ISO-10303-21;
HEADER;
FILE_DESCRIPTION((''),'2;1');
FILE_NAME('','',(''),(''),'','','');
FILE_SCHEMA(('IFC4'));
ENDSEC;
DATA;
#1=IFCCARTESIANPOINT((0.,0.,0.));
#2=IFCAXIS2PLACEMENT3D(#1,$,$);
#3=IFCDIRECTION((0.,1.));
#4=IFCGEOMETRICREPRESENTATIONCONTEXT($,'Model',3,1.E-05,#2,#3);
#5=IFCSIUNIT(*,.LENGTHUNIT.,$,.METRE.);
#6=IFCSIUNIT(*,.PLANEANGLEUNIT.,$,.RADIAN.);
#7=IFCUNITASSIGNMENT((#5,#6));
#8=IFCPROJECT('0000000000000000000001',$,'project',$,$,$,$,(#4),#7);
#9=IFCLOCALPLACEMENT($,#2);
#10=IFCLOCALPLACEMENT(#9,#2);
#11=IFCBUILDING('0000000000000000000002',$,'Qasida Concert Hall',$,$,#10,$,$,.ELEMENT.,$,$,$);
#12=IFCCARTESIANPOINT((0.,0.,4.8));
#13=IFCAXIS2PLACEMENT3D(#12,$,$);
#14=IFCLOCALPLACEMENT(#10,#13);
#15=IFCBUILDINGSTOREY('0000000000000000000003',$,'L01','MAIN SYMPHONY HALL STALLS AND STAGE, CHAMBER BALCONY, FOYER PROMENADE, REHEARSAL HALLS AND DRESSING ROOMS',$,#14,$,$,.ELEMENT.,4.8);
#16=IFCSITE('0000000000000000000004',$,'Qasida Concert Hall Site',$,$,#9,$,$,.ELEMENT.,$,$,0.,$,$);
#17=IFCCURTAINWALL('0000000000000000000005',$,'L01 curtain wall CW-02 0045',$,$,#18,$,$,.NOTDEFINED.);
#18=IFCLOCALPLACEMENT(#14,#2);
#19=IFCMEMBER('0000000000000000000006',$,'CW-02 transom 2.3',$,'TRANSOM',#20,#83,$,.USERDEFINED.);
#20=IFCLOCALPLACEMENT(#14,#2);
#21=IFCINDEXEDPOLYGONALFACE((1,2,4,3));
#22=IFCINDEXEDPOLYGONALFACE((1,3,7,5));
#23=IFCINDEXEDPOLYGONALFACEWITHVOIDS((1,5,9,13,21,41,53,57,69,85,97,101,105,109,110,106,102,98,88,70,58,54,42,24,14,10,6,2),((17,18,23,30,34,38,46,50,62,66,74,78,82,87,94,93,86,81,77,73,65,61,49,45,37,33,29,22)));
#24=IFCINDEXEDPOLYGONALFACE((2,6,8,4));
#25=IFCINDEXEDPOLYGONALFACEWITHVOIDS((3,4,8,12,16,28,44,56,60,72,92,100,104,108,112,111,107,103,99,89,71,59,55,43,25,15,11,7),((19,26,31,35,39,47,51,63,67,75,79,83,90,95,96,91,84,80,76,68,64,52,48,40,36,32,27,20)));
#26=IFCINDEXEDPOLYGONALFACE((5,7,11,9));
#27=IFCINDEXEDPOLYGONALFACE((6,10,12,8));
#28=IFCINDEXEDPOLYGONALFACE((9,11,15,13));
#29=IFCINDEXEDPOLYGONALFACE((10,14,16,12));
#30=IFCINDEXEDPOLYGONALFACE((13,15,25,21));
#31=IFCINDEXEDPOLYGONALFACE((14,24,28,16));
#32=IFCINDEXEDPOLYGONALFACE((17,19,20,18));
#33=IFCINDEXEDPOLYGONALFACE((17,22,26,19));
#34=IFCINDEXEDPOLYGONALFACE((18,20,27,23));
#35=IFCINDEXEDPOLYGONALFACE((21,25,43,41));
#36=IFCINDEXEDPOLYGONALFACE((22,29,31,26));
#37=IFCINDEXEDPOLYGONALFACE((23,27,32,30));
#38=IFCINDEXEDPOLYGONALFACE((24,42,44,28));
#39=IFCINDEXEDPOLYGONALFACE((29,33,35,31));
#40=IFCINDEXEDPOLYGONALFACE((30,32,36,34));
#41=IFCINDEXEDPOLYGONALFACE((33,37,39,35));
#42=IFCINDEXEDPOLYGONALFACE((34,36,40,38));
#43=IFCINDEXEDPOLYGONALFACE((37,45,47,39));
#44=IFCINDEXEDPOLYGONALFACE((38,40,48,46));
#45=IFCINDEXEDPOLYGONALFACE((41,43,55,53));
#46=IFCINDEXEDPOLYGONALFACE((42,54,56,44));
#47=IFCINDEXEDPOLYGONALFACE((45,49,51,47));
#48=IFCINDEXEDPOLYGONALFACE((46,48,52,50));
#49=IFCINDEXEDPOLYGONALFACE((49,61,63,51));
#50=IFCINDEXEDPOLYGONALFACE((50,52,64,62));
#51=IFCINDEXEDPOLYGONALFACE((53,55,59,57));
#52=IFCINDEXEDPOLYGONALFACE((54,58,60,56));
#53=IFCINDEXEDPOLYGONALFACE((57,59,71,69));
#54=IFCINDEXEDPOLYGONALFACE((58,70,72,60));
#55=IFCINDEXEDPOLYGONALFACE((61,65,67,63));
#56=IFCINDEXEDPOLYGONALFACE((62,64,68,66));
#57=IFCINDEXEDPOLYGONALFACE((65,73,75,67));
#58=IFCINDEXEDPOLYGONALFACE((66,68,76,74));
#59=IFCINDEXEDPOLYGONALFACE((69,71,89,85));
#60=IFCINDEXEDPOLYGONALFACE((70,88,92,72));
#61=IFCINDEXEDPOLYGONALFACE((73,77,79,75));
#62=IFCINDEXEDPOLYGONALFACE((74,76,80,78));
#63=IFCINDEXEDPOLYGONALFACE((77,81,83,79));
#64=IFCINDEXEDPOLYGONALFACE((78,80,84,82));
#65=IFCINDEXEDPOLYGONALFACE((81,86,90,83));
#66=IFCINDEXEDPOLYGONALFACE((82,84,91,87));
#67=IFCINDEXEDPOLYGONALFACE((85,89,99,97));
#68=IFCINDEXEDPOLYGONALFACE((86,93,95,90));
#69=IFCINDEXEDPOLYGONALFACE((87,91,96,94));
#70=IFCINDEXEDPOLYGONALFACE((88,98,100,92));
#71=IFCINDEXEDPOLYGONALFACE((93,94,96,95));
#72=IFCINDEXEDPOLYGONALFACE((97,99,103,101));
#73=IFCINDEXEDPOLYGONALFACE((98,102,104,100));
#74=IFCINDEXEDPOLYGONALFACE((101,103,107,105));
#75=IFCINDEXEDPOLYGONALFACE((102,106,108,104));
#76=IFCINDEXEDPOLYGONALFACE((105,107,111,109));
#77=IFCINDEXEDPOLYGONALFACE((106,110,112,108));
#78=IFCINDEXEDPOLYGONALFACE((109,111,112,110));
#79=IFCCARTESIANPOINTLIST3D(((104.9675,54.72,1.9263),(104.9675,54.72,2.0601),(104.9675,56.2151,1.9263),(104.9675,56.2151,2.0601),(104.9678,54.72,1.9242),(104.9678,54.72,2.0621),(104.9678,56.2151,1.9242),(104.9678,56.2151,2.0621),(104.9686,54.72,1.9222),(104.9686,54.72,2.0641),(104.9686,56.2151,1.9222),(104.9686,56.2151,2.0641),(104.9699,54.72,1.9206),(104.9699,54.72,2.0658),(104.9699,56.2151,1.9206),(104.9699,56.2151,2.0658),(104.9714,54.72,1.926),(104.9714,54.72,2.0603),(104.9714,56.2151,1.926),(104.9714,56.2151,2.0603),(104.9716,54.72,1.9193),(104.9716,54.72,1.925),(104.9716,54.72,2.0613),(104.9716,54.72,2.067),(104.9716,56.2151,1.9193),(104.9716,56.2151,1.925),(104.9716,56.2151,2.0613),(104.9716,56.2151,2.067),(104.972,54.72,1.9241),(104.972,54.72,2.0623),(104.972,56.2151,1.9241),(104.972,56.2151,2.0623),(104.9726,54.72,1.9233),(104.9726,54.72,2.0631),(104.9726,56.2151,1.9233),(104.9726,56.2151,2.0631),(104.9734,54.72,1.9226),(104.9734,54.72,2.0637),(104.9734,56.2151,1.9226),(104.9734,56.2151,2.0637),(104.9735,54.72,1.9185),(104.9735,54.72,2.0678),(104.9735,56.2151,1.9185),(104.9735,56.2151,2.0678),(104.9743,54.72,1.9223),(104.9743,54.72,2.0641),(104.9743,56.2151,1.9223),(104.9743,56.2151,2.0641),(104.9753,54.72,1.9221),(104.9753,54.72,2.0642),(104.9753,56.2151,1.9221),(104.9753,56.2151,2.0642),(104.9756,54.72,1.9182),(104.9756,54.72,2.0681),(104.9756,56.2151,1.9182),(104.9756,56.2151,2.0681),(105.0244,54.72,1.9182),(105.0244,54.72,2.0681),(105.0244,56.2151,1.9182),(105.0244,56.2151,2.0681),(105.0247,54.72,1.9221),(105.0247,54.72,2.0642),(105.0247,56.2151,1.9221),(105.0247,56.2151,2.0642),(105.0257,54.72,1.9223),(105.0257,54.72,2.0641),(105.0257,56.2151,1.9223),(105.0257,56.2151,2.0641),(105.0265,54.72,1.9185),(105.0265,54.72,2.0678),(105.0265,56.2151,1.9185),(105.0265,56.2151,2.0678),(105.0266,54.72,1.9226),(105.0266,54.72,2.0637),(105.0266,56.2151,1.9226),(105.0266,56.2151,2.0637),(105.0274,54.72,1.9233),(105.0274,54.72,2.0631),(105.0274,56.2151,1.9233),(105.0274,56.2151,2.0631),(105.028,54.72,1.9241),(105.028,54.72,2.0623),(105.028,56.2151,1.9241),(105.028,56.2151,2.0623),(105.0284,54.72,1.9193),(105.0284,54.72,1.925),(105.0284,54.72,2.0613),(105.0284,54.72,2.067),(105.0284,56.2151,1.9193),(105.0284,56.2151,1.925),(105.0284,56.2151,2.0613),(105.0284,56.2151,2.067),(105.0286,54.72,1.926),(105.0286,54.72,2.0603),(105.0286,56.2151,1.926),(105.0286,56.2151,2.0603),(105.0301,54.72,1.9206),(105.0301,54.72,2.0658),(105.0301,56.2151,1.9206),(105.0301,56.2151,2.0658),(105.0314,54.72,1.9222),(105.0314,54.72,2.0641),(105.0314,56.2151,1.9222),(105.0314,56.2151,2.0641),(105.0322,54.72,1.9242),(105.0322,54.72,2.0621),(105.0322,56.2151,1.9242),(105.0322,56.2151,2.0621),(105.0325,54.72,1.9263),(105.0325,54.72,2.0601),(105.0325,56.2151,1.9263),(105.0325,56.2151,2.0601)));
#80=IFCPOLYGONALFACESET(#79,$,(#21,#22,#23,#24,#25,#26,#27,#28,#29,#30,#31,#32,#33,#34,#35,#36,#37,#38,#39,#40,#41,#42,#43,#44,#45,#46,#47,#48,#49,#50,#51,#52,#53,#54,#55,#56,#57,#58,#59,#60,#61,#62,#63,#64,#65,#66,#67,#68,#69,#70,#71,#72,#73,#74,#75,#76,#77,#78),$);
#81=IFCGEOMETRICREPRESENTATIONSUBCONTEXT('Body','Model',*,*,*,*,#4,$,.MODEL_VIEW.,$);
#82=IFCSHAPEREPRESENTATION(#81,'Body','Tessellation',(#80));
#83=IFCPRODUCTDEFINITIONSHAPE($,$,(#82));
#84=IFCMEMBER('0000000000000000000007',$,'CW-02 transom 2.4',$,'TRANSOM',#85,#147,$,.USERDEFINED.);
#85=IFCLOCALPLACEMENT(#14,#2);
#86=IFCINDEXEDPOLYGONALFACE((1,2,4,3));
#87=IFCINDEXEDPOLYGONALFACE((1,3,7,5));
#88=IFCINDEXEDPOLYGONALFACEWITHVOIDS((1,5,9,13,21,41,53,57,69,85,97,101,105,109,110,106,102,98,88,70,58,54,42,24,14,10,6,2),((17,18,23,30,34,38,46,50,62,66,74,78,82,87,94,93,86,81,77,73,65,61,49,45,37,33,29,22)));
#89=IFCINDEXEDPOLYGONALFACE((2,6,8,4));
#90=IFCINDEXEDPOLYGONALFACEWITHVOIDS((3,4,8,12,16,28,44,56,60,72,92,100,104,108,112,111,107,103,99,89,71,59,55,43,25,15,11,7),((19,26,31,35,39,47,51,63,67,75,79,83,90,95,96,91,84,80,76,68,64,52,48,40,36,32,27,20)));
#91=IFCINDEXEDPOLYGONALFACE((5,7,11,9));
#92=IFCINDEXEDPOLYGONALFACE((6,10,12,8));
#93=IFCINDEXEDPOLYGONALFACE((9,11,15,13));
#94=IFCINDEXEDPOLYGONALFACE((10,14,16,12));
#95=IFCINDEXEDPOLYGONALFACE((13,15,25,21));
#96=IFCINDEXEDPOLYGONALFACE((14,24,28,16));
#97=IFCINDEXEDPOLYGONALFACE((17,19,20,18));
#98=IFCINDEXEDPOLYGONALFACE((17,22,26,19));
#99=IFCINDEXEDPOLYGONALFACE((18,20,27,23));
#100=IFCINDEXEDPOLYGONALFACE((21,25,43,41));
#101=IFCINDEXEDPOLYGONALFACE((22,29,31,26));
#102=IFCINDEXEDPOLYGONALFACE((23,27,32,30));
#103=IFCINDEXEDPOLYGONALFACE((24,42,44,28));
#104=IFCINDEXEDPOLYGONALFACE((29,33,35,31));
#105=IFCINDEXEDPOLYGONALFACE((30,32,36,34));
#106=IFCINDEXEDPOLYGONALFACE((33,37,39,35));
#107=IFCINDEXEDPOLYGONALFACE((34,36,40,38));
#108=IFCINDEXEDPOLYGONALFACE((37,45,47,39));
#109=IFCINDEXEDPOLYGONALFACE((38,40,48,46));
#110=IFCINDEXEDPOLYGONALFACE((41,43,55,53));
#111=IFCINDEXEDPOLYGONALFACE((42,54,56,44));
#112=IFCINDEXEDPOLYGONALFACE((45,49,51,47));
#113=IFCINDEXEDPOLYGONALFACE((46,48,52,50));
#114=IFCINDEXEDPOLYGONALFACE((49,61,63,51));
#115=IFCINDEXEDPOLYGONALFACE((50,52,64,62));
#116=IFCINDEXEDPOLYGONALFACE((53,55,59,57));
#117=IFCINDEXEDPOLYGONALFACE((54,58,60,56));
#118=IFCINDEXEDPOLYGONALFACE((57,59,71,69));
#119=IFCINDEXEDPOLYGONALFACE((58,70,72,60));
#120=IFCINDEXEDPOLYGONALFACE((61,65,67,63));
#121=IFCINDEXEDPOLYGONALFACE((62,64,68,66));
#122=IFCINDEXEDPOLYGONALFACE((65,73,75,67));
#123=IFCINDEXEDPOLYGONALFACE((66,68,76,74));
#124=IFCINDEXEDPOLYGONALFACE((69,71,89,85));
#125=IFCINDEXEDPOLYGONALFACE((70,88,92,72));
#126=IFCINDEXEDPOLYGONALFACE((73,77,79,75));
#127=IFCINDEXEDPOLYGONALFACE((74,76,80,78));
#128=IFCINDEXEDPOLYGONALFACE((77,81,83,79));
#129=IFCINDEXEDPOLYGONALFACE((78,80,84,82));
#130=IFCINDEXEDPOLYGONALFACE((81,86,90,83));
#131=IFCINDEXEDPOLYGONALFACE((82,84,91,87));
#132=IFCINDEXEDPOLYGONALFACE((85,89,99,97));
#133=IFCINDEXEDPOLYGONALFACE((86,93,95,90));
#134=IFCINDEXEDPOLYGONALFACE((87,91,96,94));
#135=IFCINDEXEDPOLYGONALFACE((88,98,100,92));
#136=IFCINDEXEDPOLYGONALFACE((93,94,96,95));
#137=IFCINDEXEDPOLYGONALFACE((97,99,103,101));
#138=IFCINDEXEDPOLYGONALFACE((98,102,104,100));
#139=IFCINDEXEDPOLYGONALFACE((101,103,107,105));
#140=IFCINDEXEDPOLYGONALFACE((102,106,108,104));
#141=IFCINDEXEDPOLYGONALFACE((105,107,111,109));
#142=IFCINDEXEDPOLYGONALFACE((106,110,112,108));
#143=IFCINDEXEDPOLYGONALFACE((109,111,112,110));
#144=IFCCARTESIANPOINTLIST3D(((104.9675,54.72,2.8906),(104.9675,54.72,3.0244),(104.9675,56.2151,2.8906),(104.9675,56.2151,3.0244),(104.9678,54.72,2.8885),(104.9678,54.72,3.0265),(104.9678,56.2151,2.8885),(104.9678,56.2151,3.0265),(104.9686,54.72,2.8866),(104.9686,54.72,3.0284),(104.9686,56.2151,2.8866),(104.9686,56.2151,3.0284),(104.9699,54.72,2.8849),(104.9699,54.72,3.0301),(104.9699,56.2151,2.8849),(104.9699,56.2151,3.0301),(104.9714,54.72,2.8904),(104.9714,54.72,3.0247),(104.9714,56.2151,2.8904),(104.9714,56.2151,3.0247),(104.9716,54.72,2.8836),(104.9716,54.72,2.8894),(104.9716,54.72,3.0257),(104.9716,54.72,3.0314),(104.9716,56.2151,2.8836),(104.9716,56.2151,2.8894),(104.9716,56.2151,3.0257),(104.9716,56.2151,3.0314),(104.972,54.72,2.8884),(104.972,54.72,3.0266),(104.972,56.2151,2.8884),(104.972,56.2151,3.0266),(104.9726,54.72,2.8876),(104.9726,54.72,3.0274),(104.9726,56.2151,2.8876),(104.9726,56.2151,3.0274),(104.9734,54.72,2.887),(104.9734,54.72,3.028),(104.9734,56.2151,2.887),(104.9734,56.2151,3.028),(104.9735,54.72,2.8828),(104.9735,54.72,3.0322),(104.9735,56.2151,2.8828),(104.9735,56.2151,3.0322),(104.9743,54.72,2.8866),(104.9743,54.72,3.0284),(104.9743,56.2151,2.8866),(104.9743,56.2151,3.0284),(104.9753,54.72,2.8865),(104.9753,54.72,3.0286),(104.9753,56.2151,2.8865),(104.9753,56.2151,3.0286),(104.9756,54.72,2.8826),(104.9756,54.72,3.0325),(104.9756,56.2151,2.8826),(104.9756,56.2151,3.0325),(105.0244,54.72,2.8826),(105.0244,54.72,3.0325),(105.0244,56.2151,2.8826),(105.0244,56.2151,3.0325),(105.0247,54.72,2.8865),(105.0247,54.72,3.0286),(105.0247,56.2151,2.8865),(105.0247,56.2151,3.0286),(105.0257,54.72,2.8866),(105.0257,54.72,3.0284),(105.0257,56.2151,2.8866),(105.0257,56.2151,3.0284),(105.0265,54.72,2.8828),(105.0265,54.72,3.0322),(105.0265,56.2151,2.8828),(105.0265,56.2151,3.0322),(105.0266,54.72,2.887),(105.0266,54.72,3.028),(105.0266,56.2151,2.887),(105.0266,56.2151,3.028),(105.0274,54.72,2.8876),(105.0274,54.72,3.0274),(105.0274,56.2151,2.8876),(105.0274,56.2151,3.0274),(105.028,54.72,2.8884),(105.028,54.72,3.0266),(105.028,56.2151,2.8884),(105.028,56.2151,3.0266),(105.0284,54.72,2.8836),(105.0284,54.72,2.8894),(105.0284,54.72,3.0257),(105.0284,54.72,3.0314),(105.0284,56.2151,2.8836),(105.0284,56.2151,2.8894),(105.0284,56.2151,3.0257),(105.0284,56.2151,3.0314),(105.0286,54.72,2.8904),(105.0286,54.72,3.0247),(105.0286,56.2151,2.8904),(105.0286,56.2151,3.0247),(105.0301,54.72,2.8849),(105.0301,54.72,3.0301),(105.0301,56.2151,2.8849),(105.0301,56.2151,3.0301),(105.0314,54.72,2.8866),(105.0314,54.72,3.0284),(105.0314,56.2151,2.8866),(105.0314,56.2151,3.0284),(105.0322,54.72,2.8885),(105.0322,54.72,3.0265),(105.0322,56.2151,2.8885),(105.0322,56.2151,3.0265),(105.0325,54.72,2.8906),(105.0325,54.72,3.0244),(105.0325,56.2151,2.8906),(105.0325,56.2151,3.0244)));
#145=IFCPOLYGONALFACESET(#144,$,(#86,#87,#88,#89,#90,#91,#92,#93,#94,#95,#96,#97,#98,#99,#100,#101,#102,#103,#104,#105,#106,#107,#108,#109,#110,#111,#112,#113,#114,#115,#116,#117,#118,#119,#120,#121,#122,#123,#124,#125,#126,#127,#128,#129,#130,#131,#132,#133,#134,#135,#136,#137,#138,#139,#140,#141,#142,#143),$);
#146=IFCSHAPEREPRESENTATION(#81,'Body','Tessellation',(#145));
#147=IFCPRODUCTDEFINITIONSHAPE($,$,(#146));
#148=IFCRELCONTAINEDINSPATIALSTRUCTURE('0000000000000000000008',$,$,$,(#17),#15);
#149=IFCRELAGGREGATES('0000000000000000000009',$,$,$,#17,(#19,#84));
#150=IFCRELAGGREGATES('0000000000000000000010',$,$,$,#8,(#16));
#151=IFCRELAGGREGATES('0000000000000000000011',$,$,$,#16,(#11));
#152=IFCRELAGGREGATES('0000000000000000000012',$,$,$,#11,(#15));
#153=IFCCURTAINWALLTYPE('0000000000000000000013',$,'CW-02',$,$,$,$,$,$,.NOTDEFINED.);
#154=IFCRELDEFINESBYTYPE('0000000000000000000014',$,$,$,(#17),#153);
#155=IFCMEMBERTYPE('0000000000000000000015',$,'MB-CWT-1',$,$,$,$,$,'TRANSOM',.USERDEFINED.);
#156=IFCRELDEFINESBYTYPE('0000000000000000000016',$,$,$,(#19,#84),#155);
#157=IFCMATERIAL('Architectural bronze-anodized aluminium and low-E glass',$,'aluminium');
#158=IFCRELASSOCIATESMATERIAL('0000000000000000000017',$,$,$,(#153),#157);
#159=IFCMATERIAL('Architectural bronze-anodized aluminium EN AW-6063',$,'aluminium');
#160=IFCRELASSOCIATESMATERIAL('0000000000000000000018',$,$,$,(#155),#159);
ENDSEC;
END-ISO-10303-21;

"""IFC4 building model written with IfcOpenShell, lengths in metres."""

from ifc_helpers import new_model, si_unit, direction, frame, origin, origin_2d, place, context, subcontext, project, spatial, hollow_rectangle, extrude, material, material_profile, profile_set, type_object, element, aggregate, save


model = new_model("IFC4")

# Units and contexts
model_context = context("Model", 3, precision=1e-05, world=origin(), true_north=direction((0.0, 1.0)))
body_context = subcontext(model_context, "Body", "Model", "MODEL_VIEW")
ifc_project = project(units=[si_unit("LENGTHUNIT", "METRE"), si_unit("PLANEANGLEUNIT", "RADIAN")], contexts=[model_context])

# Site, building, storey
site_placement = place(None, origin())
site = spatial("IfcSite", under=ifc_project, at=site_placement, Name="Qasida Concert Hall Site", CompositionType="ELEMENT", RefElevation=0.0)
building_placement = place(site_placement, origin())
building = spatial("IfcBuilding", under=site, at=building_placement, Name="Qasida Concert Hall", CompositionType="ELEMENT")
storey_placement = place(building_placement, frame((0.0, 0.0, 4.8)))
storey = spatial("IfcBuildingStorey", under=building, at=storey_placement, Name="L01", Description="MAIN SYMPHONY HALL STALLS AND STAGE, CHAMBER BALCONY, FOYER PROMENADE, REHEARSAL HALLS AND DRESSING ROOMS", CompositionType="ELEMENT", Elevation=4.8)

# Curtain wall, members
ifc_material_1 = material(Name="Architectural bronze-anodized aluminium and low-E glass", Category="aluminium")
curtain_wall_type = type_object("IfcCurtainWallType", Name="CW-02", PredefinedType="NOTDEFINED", material=ifc_material_1)
curtain_wall_placement = place(storey_placement, origin())
curtain_wall = element("IfcCurtainWall", 1, at=curtain_wall_placement, inside=storey, type_object=curtain_wall_type, Name="L01 curtain wall CW-02 0045", PredefinedType="NOTDEFINED")
ifc_material_2 = material(Name="Architectural bronze-anodized aluminium EN AW-6063", Category="aluminium")
ifc_material_profile_1 = material_profile(ifc_material_2, hollow_rectangle(XDim=0.0649, YDim=0.1499, WallThickness=0.0039, InnerFilletRadius=0.0039, OuterFilletRadius=0.0081, at=origin_2d()), Name="CWT 150x65x4")
ifc_profile_set_1 = profile_set([ifc_material_profile_1], Name="Architectural bronze-anodized aluminium EN AW-6063")
member_type_1 = type_object("IfcMemberType", Name="MB-CWT-1", ElementType="TRANSOM", PredefinedType="USERDEFINED", material=ifc_profile_set_1)
member_1_placement = place(storey_placement, frame((105.0, 54.72, 1.9932), z_axis=(0.0, 1.0, 0.0), x_axis=(-1.0, 0.0, 0.0)))
member_1 = element("IfcMember", 2, at=member_1_placement, type_object=member_type_1, Name="CW-02 transom 2.3", ObjectType="TRANSOM", PredefinedType="USERDEFINED", context=body_context, shape_type="SweptSolid", body=[
    extrude(hollow_rectangle(XDim=0.0649, YDim=0.1499, WallThickness=0.0039, InnerFilletRadius=0.0039, OuterFilletRadius=0.0081, at=origin_2d()), origin(), (0.0, 0.0, 1.0), 1.4951),
])
member_2_placement = place(storey_placement, frame((105.0, 54.72, 2.9575), z_axis=(0.0, 1.0, 0.0), x_axis=(-1.0, 0.0, 0.0)))
member_2 = element("IfcMember", 3, at=member_2_placement, type_object=member_type_1, Name="CW-02 transom 2.4", ObjectType="TRANSOM", PredefinedType="USERDEFINED", context=body_context, shape_type="SweptSolid", body=[
    extrude(hollow_rectangle(XDim=0.0649, YDim=0.1499, WallThickness=0.0039, InnerFilletRadius=0.0039, OuterFilletRadius=0.0081, at=origin_2d()), origin(), (0.0, 0.0, 1.0), 1.4951),
])
aggregate(curtain_wall, [member_1, member_2])

save(model, "model.ifc")
